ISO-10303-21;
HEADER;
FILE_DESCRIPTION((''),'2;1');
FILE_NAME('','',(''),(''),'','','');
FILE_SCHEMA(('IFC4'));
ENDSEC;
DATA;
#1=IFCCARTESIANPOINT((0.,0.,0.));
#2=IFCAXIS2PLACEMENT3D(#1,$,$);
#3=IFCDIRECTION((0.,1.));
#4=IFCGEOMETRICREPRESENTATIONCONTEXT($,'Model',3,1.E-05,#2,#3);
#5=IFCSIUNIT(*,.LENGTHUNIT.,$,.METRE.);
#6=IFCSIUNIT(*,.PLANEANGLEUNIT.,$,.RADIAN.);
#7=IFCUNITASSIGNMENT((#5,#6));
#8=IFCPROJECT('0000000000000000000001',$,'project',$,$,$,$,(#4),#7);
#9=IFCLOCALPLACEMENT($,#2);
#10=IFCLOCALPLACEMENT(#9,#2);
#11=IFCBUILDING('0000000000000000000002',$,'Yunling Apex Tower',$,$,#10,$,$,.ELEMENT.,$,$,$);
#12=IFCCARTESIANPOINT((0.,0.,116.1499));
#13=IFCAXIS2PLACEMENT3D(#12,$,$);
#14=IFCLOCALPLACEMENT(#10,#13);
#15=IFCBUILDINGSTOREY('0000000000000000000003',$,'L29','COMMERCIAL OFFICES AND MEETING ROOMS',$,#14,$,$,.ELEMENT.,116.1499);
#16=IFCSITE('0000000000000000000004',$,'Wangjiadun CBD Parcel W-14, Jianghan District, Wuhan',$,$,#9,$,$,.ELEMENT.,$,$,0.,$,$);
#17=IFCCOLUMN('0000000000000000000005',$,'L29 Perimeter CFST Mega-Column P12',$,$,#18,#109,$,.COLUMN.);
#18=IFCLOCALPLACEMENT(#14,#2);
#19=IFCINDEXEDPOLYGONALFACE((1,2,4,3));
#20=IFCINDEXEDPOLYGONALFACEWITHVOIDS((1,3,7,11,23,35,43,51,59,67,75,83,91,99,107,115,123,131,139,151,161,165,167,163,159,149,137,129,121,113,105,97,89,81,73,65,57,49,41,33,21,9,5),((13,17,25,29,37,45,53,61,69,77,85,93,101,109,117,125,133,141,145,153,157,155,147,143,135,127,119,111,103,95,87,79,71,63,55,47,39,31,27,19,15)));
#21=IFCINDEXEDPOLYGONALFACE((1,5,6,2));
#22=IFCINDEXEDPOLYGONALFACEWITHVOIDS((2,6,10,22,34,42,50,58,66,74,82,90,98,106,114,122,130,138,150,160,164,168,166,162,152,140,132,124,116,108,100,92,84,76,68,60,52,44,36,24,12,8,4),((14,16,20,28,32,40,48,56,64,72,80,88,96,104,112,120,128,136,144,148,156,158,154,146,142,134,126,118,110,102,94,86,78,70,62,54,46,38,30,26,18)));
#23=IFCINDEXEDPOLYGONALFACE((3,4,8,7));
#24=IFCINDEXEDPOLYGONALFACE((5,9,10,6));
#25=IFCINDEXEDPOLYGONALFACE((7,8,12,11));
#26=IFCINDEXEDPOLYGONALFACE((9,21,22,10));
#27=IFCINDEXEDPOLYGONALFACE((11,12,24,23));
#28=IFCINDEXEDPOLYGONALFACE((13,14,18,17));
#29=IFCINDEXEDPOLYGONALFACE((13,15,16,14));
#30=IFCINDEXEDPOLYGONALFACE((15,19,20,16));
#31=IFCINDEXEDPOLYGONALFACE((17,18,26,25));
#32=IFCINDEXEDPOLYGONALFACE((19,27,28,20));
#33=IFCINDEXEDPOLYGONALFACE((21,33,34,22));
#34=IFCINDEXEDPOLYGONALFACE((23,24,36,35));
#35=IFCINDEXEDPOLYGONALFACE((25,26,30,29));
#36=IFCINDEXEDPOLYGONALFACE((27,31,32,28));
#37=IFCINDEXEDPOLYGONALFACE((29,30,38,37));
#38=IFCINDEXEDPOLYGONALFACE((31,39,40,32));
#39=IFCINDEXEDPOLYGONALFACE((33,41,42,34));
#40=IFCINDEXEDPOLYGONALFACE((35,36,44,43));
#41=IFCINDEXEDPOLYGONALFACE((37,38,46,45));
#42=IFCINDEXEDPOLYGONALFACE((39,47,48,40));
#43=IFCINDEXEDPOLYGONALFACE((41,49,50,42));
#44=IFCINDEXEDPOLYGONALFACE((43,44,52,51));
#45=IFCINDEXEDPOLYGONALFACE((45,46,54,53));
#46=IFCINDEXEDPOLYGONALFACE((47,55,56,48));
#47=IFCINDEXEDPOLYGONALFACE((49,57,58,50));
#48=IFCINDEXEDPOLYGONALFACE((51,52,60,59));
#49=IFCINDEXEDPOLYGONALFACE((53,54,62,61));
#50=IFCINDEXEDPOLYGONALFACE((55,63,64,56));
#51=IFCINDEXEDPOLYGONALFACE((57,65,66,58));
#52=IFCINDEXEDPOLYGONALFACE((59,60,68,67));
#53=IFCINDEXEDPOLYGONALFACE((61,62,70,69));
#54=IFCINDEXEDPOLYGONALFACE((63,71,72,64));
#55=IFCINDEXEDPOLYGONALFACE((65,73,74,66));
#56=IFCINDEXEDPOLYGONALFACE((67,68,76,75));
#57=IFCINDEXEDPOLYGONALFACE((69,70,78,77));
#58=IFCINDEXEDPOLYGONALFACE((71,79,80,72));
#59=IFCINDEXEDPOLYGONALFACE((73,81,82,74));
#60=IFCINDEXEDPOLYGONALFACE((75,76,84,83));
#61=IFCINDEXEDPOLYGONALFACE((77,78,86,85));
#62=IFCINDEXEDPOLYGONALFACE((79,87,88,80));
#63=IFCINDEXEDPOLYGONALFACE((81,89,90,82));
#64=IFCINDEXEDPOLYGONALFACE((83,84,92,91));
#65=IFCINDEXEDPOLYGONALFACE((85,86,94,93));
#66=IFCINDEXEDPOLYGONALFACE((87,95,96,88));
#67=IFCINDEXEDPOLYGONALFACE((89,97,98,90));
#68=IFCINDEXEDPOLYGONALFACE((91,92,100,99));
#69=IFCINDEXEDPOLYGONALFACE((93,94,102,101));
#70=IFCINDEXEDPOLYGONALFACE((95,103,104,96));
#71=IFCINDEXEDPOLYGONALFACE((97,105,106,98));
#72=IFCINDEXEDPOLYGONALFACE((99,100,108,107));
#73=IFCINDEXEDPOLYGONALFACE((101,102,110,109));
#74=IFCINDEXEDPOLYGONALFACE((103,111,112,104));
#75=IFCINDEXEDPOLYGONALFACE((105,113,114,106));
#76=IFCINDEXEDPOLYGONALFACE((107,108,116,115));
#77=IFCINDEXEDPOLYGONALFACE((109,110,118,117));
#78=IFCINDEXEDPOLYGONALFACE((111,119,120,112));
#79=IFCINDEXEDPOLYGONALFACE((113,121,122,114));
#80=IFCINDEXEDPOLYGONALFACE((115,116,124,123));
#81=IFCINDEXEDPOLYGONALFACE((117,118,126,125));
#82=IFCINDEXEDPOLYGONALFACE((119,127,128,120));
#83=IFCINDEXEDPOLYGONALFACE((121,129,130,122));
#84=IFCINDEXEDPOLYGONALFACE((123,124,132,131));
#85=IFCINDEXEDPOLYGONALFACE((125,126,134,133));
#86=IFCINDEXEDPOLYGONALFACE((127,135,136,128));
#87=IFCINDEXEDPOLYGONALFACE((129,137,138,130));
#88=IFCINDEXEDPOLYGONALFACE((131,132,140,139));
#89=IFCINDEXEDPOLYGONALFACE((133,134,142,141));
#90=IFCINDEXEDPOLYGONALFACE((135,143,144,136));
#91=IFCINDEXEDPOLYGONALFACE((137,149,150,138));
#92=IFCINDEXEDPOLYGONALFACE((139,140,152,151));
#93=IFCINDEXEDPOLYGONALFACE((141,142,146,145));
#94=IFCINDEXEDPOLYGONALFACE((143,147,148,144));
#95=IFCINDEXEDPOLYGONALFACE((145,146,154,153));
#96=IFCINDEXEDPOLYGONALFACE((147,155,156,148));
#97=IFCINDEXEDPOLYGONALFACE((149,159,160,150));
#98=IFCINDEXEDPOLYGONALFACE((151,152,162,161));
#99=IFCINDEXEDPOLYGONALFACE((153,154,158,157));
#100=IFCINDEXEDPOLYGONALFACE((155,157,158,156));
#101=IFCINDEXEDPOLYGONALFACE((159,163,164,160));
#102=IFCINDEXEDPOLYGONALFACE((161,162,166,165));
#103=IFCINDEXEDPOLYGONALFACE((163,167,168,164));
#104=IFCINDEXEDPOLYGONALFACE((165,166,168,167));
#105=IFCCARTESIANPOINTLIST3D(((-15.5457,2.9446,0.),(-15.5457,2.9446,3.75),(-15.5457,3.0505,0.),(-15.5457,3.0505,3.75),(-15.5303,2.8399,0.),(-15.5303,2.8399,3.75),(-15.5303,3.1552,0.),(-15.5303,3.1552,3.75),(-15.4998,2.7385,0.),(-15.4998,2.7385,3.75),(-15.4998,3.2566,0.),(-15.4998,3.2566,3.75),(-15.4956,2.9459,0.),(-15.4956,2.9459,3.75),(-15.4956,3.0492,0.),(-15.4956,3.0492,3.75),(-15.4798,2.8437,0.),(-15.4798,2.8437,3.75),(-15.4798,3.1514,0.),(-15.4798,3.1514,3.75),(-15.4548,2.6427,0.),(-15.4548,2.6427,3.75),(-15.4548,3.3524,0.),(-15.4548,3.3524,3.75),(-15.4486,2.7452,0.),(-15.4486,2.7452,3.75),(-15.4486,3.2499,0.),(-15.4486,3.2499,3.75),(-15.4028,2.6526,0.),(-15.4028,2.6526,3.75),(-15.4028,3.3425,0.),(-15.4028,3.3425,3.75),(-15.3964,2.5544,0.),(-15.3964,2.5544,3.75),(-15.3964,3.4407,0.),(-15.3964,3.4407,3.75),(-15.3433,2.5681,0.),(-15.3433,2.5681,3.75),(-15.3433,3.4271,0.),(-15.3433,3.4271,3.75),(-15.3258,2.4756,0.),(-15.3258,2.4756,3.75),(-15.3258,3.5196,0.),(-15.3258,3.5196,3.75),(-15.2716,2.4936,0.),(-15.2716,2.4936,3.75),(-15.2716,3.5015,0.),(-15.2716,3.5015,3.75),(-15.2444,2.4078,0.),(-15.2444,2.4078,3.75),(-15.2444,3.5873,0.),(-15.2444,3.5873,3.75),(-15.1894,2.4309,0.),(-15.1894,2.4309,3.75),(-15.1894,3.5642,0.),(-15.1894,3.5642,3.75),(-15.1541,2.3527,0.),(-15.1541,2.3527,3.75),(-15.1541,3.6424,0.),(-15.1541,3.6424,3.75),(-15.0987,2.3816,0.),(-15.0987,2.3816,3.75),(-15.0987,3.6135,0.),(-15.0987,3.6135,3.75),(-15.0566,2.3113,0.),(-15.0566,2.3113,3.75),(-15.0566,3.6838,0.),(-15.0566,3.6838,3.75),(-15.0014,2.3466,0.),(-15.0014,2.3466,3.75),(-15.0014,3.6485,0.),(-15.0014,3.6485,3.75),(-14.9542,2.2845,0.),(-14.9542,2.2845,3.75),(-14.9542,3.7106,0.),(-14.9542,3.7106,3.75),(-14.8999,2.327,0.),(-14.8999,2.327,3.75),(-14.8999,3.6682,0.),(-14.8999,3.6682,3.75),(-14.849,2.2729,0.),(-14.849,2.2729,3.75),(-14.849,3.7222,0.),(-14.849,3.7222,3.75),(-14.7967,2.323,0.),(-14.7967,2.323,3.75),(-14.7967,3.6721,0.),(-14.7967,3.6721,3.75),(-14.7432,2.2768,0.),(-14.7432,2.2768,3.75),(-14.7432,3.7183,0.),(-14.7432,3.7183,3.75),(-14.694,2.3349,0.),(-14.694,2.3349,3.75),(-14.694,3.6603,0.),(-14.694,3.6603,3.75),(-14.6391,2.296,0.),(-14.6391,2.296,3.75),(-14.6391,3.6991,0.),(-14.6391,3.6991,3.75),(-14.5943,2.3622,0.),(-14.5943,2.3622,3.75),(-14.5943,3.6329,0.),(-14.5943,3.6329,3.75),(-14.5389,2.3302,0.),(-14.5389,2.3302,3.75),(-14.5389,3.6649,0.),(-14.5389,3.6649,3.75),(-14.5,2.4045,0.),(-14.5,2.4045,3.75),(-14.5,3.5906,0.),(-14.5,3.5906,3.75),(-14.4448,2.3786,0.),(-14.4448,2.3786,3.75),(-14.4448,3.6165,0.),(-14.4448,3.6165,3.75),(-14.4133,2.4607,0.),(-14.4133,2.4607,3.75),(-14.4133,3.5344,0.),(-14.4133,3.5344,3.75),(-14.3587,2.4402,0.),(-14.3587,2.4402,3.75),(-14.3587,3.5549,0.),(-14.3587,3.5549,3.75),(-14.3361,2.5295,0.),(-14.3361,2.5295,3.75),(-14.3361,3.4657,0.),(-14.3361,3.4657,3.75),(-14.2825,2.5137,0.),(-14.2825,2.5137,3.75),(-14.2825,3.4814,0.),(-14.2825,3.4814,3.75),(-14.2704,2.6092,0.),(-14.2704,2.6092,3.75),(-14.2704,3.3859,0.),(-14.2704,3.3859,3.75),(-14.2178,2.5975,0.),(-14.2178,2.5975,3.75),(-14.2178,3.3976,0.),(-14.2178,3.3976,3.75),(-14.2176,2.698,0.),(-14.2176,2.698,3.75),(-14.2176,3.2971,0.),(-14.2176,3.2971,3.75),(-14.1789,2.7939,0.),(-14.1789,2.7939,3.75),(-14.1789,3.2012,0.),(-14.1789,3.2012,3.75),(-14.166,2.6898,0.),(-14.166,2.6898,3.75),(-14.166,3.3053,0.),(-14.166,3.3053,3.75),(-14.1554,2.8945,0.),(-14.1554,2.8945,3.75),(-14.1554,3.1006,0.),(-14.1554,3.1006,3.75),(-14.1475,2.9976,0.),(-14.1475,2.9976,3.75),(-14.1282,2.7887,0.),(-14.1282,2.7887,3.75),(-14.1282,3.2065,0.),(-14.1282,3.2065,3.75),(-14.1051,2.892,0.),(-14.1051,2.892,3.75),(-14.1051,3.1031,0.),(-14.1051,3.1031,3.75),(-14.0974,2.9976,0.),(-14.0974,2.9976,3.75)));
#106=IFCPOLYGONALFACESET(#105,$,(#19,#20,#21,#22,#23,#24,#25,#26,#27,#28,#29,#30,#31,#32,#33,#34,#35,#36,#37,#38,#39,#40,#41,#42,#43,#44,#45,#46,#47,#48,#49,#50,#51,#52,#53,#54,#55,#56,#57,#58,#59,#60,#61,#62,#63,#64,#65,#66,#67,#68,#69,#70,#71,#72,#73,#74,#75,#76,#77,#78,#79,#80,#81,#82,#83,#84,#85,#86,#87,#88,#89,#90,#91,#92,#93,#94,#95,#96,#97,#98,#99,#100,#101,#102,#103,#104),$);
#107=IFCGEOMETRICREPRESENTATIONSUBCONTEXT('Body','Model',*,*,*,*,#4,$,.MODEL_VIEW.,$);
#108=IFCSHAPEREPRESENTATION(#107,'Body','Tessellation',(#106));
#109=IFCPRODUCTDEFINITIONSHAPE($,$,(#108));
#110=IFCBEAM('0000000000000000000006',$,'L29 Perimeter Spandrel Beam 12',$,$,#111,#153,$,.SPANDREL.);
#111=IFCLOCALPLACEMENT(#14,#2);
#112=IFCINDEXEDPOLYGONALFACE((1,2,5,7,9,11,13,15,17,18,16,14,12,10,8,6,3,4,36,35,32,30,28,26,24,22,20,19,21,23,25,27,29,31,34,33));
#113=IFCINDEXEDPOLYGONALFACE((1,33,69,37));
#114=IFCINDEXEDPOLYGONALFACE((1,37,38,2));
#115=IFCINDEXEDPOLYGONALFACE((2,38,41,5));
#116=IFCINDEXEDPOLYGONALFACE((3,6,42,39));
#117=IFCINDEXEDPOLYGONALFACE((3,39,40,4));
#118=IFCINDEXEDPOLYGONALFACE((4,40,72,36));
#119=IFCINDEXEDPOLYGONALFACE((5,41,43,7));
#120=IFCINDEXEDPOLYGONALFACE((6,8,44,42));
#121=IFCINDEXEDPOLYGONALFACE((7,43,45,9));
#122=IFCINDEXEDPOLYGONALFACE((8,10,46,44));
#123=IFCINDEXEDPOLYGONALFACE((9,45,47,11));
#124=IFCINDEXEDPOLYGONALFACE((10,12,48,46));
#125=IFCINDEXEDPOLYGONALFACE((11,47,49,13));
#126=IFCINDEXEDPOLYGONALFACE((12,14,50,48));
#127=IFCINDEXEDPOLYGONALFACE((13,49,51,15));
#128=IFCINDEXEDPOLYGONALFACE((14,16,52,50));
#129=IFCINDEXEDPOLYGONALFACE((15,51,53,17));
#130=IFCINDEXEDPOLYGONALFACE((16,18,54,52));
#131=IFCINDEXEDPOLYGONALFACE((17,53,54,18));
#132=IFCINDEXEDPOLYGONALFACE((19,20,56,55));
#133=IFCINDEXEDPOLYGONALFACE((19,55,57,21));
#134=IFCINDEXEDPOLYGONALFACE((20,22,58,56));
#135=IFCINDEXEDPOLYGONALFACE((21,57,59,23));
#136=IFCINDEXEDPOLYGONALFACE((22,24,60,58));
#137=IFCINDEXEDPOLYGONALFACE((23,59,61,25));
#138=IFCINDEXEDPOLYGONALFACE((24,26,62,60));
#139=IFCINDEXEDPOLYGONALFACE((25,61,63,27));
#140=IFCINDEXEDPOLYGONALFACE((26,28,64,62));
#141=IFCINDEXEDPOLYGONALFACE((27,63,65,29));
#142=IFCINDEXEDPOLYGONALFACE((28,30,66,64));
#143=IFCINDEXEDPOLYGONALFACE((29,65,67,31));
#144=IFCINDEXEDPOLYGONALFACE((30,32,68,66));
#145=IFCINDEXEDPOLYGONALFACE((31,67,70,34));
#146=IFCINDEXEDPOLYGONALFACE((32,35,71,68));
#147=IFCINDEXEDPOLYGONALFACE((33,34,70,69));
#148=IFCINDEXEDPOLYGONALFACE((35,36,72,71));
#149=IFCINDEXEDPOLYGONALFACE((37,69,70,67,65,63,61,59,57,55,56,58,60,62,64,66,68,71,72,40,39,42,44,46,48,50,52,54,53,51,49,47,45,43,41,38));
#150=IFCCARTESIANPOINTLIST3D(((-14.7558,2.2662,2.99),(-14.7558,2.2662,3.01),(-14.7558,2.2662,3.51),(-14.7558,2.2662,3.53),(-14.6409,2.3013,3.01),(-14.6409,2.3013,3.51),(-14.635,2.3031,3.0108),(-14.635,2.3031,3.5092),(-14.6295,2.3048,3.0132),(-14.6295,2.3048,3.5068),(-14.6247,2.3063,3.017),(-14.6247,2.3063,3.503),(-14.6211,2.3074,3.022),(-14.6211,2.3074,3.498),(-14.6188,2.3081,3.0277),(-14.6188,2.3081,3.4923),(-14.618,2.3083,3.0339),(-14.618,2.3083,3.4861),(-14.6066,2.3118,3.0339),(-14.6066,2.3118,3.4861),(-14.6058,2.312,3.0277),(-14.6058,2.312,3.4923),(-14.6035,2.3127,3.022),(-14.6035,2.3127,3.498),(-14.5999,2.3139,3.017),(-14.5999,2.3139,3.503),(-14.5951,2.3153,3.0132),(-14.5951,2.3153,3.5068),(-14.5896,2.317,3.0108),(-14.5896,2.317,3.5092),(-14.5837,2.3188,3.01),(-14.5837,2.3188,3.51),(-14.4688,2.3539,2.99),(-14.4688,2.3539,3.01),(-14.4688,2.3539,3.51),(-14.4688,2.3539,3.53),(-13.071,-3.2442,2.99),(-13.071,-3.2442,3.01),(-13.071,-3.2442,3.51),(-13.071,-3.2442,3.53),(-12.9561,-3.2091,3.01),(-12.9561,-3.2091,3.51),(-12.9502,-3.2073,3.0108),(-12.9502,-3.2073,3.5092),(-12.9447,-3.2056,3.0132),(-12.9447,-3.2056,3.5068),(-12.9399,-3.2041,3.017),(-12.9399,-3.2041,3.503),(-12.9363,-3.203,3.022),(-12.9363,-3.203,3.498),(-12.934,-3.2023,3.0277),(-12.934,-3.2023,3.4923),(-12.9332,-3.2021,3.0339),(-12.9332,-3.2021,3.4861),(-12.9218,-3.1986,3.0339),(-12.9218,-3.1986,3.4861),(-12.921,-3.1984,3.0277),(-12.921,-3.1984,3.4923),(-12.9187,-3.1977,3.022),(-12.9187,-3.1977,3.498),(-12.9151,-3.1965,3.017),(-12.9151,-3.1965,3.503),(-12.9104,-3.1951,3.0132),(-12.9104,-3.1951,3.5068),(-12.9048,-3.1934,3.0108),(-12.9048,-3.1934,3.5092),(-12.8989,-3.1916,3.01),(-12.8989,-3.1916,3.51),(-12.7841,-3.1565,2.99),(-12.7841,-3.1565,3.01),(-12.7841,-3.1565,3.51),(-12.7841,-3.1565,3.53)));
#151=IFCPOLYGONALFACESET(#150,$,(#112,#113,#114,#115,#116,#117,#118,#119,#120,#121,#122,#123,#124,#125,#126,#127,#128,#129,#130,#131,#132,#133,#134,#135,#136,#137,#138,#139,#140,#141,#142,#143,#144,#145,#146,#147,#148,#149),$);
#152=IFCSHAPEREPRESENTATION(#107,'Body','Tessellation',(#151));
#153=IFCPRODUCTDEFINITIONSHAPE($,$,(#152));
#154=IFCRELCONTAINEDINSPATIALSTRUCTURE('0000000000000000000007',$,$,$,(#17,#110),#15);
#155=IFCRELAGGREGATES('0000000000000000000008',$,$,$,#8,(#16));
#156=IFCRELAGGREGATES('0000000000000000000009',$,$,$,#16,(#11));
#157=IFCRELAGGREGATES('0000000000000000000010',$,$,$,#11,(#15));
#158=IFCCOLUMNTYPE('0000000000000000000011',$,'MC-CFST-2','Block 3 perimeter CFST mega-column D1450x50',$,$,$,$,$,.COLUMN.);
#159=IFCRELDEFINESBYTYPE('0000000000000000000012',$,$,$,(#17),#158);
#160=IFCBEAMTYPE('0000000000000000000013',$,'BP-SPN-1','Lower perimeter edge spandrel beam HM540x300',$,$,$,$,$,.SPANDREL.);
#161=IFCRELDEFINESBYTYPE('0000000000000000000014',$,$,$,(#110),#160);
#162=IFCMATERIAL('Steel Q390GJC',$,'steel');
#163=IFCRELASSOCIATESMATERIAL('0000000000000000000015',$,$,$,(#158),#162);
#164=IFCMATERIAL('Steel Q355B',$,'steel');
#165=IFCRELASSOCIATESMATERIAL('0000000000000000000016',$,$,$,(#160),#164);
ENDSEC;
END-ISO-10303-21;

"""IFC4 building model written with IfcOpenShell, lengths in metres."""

from ifc_helpers import new_model, si_unit, direction, frame, origin, origin_2d, place, context, subcontext, project, spatial, hollow_circle, i_section, extrude, source, transform, mapped, material, material_profile, profile_set, type_object, element, save


model = new_model("IFC4")

# Units and contexts
model_context = context("Model", 3, precision=1e-05, world=origin(), true_north=direction((0.0, 1.0)))
body_context = subcontext(model_context, "Body", "Model", "MODEL_VIEW")
ifc_project = project(units=[si_unit("LENGTHUNIT", "METRE"), si_unit("PLANEANGLEUNIT", "RADIAN")], contexts=[model_context])

# Site, building, storey
site_placement = place(None, origin())
site = spatial("IfcSite", under=ifc_project, at=site_placement, Name="Wangjiadun CBD Parcel W-14, Jianghan District, Wuhan", CompositionType="ELEMENT", RefElevation=0.0)
building_placement = place(site_placement, origin())
building = spatial("IfcBuilding", under=site, at=building_placement, Name="Yunling Apex Tower", CompositionType="ELEMENT")
storey_placement = place(building_placement, frame((0.0, 0.0, 116.1499)))
storey = spatial("IfcBuildingStorey", under=building, at=storey_placement, Name="L29", Description="COMMERCIAL OFFICES AND MEETING ROOMS", CompositionType="ELEMENT", Elevation=116.1499)

# Column
ifc_material_1 = material(Name="Steel Q390GJC", Category="steel")
ifc_material_profile_1 = material_profile(ifc_material_1, hollow_circle(Radius=0.7251, WallThickness=0.05, at=origin_2d()))
ifc_profile_set_1 = profile_set([ifc_material_profile_1], Name="Steel Q390GJC")
column_type = type_object("IfcColumnType", Name="MC-CFST-2", Description="Block 3 perimeter CFST mega-column D1450x50", PredefinedType="COLUMN", material=ifc_profile_set_1)
shared_shape_1 = source(origin(), body_context, "Body", "SweptSolid", [
    extrude(hollow_circle(Radius=0.7251, WallThickness=0.05, at=origin_2d()), origin(), (0.0, 0.0, 1.0), 3.75),
])
column_placement = place(storey_placement, frame((-14.8225, 2.9976, 0.0), z_axis=(0.0, 0.0, 1.0), x_axis=(1.0, 0.0, 0.0)))
element("IfcColumn", 1, at=column_placement, inside=storey, type_object=column_type, Name="L29 Perimeter CFST Mega-Column P12", PredefinedType="COLUMN", context=body_context, shape_type="MappedRepresentation", body=[
    mapped(shared_shape_1, transform((0.0, 0.0, 0.0), scale=1.0)),
])

# Beam
ifc_material_2 = material(Name="Steel Q355B", Category="steel")
ifc_material_profile_2 = material_profile(ifc_material_2, i_section(OverallWidth=0.3, OverallDepth=0.54, WebThickness=0.012, FlangeThickness=0.02, FilletRadius=0.0239, at=origin_2d()))
ifc_profile_set_2 = profile_set([ifc_material_profile_2], Name="Steel Q355B")
beam_type_1 = type_object("IfcBeamType", Name="BP-SPN-1", Description="Lower perimeter edge spandrel beam HM540x300", PredefinedType="SPANDREL", material=ifc_profile_set_2)
shared_shape_2 = source(origin(), body_context, "Body", "SweptSolid", [
    extrude(i_section(OverallWidth=0.3, OverallDepth=0.54, WebThickness=0.012, FlangeThickness=0.02, FilletRadius=0.0239, at=origin_2d()), origin(), (0.0, 0.0, 1.0), 5.7622),
])
beam_1_placement = place(storey_placement, frame((-14.6123, 2.3101, 3.26), z_axis=(0.292385, -0.956301, 0.0), x_axis=(0.956301, 0.292385, 0.0)))
element("IfcBeam", 2, at=beam_1_placement, inside=storey, type_object=beam_type_1, Name="L29 Perimeter Spandrel Beam 12", PredefinedType="SPANDREL", context=body_context, shape_type="MappedRepresentation", body=[
    mapped(shared_shape_2, transform((0.0, 0.0, 0.0), scale=1.0)),
])

save(model, "model.ifc")
